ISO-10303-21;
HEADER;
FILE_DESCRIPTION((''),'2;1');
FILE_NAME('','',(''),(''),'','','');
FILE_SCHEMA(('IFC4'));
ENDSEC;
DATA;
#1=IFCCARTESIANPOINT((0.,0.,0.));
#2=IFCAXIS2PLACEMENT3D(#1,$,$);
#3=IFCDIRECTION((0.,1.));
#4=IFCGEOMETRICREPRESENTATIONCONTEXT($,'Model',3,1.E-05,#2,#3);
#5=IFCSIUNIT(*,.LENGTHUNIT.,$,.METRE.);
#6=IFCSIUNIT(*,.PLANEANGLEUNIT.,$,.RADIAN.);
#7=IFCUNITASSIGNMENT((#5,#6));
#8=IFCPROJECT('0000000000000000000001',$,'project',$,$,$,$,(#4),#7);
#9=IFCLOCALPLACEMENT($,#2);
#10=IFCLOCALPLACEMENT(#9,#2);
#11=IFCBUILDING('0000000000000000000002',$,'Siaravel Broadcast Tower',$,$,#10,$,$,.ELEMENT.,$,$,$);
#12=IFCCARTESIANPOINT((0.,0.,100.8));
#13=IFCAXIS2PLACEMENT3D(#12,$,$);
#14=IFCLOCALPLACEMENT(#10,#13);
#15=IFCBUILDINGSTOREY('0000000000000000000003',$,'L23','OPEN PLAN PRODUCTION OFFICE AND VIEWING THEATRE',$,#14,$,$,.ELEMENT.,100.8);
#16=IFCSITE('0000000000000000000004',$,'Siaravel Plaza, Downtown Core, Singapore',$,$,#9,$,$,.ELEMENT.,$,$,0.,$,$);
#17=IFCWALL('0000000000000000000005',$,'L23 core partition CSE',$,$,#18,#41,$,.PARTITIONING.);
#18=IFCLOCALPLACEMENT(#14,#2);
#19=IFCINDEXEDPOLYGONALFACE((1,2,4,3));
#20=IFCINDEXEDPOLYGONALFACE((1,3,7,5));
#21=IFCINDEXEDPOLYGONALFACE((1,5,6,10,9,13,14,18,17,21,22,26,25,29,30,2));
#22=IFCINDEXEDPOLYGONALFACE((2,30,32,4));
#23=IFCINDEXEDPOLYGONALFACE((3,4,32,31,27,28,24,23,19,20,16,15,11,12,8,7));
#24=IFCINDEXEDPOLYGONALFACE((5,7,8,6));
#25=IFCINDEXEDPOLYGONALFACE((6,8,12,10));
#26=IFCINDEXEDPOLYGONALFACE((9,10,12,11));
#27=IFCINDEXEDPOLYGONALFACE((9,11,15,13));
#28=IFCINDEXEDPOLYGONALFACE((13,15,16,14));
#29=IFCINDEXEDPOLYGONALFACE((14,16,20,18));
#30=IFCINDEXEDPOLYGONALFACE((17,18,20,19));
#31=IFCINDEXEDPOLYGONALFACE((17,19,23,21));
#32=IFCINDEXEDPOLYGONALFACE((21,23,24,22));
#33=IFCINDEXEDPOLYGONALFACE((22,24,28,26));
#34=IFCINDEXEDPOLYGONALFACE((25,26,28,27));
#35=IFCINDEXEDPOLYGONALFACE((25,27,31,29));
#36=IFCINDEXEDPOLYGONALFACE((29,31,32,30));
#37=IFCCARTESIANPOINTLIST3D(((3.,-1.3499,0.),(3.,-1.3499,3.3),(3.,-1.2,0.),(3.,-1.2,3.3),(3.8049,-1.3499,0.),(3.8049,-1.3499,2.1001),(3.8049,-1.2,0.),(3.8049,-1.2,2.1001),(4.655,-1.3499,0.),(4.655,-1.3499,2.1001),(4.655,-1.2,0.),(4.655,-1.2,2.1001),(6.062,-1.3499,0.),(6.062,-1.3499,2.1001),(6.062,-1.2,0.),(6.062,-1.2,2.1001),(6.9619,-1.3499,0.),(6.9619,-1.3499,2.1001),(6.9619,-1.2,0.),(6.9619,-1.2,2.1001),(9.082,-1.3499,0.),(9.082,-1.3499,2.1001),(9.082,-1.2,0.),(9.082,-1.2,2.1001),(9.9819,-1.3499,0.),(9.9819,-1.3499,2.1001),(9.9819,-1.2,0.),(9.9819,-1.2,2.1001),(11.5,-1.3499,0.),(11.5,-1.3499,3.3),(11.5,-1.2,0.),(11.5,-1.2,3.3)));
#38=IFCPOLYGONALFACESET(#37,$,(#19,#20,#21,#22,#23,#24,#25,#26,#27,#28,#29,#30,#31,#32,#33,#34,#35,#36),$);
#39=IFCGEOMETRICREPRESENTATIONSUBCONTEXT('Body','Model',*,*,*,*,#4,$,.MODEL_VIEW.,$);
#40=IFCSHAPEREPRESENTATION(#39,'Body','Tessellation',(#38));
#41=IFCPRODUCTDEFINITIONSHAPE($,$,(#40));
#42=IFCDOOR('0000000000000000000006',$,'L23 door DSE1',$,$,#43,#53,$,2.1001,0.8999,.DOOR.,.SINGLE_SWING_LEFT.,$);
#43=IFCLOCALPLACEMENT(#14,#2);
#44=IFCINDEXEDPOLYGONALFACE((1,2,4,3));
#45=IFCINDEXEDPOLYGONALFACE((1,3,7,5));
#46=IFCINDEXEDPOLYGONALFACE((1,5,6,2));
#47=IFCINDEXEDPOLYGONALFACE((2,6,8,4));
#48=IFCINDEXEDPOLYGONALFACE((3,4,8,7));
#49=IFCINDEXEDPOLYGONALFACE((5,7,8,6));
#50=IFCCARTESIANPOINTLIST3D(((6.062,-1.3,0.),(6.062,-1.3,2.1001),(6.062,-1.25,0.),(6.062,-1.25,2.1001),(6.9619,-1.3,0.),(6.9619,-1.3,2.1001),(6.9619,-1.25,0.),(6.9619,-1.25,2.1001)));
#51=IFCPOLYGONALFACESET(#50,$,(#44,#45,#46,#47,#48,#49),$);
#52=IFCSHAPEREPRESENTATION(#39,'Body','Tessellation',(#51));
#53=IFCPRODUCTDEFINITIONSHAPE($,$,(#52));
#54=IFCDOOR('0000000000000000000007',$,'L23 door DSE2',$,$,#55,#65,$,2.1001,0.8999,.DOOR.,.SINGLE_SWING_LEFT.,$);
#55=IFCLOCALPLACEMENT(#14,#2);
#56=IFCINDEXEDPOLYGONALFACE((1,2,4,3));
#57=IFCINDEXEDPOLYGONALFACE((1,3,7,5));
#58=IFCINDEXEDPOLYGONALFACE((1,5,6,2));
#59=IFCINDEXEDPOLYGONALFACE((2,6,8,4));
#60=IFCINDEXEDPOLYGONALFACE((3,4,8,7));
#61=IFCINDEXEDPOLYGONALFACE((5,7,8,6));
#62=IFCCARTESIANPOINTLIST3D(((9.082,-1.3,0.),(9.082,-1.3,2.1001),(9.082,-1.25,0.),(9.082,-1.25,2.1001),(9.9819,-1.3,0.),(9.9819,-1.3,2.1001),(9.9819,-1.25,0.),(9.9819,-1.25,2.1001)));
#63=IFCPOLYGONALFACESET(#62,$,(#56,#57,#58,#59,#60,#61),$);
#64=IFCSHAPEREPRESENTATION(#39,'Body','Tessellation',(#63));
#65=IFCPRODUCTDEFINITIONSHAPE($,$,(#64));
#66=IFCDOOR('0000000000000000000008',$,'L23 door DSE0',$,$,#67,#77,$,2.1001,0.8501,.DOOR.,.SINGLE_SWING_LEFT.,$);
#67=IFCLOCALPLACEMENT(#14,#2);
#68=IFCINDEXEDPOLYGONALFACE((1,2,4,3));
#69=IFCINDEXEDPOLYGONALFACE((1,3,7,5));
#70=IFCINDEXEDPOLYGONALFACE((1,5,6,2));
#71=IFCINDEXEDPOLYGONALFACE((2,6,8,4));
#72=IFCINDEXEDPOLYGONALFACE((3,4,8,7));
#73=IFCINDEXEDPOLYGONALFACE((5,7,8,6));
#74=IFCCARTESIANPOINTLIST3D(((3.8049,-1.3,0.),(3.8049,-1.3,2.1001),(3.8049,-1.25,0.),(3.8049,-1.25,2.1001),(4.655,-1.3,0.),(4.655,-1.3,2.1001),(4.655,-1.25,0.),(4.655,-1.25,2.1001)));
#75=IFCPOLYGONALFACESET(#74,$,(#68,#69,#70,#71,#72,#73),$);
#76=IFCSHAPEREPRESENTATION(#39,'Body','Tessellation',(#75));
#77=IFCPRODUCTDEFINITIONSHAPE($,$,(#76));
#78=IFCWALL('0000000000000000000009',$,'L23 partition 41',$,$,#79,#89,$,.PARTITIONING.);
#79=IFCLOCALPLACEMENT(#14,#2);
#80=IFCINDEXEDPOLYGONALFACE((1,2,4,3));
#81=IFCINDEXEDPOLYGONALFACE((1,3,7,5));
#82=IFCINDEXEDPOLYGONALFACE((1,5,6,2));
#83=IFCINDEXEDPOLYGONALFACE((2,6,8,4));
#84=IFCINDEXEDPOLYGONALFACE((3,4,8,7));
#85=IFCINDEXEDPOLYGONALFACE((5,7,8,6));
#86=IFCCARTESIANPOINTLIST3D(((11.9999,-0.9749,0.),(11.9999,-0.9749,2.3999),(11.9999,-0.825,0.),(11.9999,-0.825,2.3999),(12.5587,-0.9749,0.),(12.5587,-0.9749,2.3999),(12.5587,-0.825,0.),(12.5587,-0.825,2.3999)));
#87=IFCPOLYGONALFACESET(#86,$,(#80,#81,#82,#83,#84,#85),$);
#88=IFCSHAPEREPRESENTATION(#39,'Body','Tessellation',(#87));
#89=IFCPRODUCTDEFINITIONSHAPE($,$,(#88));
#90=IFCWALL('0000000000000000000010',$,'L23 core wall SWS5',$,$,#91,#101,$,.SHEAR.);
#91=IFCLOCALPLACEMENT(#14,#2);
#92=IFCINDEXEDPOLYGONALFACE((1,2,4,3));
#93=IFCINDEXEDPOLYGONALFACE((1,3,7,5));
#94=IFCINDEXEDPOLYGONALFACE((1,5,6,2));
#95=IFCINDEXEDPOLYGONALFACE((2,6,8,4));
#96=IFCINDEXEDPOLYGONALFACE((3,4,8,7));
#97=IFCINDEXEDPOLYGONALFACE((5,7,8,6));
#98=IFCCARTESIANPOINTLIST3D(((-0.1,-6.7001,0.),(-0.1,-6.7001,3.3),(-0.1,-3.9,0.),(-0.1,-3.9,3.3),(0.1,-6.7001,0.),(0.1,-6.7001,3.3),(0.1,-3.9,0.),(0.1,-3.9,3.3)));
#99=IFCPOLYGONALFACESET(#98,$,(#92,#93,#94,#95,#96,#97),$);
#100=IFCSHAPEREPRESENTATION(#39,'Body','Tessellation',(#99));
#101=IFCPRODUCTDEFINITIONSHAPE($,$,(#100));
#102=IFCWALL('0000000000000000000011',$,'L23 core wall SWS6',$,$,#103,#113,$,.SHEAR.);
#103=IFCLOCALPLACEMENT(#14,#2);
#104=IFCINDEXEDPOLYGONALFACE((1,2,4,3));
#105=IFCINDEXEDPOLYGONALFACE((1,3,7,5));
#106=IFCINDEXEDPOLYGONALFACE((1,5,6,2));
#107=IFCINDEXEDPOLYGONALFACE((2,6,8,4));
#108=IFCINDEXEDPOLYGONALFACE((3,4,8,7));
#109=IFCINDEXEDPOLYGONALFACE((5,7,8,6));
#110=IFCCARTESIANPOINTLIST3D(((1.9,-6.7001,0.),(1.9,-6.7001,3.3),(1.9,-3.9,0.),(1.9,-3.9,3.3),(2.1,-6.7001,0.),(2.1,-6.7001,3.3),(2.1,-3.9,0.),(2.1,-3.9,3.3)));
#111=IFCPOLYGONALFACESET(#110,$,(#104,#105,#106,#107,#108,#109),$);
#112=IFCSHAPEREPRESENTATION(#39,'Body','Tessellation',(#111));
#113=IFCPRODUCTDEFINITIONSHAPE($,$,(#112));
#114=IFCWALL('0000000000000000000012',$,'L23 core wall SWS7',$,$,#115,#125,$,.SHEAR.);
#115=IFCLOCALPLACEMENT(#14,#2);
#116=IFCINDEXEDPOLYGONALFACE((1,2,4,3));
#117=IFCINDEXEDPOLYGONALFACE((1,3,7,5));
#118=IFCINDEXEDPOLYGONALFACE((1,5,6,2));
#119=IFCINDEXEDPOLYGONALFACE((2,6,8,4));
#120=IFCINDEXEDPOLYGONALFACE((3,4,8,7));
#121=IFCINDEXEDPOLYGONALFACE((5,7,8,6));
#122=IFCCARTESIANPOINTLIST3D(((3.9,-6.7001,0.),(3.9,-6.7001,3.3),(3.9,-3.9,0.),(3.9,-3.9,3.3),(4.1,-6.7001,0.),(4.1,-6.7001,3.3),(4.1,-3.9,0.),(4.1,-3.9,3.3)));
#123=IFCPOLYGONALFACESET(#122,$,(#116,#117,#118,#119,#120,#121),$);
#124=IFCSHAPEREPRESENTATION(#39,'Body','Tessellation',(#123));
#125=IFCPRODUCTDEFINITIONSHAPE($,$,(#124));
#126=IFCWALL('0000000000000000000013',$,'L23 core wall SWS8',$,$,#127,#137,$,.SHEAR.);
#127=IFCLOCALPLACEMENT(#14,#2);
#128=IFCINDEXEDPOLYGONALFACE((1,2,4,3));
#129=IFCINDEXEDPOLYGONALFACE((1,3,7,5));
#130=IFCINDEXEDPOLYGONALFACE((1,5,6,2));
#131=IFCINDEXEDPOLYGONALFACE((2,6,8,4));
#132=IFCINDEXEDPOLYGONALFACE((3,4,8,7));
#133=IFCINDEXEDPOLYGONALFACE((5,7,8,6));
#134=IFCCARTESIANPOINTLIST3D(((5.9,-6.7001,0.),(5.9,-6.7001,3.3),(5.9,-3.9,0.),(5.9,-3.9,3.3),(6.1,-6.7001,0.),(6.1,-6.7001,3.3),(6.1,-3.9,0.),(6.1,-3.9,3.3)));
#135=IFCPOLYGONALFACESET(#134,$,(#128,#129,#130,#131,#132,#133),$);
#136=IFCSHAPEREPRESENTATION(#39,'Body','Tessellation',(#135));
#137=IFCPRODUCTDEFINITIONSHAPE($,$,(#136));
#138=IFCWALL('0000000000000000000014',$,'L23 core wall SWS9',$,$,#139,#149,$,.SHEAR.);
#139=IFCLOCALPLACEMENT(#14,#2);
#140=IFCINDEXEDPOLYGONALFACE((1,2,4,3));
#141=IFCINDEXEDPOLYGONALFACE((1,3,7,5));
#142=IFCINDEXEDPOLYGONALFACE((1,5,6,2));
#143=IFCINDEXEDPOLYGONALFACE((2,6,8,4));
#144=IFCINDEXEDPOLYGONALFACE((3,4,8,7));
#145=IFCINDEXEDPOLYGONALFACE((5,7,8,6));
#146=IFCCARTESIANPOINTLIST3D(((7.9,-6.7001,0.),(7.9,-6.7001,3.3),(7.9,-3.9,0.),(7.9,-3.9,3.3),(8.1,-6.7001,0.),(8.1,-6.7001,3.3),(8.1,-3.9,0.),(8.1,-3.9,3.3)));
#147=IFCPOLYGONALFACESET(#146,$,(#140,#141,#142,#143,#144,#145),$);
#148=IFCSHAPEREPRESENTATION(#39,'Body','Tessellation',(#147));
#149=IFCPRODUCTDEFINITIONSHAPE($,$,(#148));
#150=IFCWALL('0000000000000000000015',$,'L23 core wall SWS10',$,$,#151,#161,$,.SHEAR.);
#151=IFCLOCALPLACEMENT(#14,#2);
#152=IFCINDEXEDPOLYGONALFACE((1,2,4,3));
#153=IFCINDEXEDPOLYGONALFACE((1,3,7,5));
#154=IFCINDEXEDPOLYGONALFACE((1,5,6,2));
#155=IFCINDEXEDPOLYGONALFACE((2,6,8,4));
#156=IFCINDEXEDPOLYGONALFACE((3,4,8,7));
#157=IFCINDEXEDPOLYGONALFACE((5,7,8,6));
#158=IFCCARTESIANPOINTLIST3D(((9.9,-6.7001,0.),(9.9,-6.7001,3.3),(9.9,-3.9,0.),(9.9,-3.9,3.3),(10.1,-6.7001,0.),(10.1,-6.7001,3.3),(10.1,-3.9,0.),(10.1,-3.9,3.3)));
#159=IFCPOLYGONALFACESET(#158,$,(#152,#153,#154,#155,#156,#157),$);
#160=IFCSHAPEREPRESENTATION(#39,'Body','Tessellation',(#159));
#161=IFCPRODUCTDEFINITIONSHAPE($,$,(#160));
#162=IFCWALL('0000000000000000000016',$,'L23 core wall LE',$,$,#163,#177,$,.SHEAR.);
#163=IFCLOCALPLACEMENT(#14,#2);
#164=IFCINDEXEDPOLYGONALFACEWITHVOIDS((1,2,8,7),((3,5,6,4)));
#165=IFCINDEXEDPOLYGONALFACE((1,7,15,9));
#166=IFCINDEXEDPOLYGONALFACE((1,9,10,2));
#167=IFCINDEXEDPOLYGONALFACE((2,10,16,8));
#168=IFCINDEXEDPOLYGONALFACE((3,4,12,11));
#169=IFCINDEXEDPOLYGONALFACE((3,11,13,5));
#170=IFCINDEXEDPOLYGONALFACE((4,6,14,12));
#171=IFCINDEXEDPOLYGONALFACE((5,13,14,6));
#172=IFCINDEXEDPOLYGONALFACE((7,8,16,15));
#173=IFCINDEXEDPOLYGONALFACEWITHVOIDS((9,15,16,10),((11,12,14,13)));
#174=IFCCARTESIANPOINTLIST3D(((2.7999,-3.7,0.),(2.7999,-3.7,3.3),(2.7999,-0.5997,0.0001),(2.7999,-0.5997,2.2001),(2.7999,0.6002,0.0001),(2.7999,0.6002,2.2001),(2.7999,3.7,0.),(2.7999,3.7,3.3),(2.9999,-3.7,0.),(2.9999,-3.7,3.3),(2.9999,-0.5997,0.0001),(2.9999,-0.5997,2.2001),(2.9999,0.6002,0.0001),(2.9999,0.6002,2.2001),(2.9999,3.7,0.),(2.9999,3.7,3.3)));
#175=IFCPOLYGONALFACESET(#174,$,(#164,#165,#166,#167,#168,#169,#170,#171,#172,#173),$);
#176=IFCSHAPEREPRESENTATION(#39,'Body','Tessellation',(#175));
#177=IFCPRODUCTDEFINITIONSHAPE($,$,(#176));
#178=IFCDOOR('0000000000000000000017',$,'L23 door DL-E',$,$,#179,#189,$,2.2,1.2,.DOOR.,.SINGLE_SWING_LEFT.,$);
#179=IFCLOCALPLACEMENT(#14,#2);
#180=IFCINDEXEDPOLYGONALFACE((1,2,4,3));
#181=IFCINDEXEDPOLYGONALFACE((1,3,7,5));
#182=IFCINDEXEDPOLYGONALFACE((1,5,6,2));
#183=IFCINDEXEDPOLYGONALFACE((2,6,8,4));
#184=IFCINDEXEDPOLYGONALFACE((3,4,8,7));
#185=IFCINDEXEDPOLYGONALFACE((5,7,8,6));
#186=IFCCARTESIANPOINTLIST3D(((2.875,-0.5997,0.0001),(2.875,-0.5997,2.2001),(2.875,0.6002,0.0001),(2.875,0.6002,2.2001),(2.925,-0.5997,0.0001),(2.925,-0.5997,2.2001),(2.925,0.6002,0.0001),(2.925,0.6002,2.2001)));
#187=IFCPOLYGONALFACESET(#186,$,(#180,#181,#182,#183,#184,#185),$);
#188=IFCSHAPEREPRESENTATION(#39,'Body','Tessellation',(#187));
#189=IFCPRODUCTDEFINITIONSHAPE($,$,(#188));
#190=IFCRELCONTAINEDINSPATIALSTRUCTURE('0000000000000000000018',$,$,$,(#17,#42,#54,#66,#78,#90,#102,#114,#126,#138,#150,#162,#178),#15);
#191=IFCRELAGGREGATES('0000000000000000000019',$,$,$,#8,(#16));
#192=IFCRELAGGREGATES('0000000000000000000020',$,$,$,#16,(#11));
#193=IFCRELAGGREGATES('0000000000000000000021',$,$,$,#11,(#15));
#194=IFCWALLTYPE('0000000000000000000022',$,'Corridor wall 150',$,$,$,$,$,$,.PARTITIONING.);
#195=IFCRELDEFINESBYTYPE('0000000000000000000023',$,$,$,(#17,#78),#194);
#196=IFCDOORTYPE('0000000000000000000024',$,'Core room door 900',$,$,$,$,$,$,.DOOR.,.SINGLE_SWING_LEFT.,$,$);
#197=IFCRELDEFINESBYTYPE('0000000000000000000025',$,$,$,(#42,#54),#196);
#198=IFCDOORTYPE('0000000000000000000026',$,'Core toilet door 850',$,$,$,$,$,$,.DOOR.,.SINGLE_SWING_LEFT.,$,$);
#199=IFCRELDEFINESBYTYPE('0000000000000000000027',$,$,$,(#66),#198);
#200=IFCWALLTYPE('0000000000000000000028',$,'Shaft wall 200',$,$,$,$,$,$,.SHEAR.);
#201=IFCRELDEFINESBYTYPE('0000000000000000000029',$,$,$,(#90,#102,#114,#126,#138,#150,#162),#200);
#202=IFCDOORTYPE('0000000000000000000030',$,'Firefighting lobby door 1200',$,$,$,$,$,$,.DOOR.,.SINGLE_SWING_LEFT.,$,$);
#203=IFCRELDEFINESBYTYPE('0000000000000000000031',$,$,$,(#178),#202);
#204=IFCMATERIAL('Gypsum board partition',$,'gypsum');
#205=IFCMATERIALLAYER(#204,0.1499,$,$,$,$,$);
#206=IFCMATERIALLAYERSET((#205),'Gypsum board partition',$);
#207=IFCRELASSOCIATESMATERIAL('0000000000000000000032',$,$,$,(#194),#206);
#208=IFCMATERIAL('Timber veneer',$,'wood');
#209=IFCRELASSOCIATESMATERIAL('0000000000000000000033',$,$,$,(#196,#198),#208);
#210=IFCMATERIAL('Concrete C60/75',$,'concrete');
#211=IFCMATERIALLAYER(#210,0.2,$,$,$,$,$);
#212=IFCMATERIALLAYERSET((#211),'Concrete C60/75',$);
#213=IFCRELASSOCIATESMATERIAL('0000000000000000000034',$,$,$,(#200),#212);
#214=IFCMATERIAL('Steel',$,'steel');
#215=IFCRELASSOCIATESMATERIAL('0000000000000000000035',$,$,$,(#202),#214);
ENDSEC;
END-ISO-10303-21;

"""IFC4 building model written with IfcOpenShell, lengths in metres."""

from ifc_helpers import new_model, si_unit, direction, frame, frame_2d, origin, place, context, subcontext, project, spatial, rectangle, extrude, material, layer, layer_set, type_object, element, fill, save


model = new_model("IFC4")

# Units and contexts
model_context = context("Model", 3, precision=1e-05, world=origin(), true_north=direction((0.0, 1.0)))
body_context = subcontext(model_context, "Body", "Model", "MODEL_VIEW")
ifc_project = project(units=[si_unit("LENGTHUNIT", "METRE"), si_unit("PLANEANGLEUNIT", "RADIAN")], contexts=[model_context])

# Site, building, storey
site_placement = place(None, origin())
site = spatial("IfcSite", under=ifc_project, at=site_placement, Name="Siaravel Plaza, Downtown Core, Singapore", CompositionType="ELEMENT", RefElevation=0.0)
building_placement = place(site_placement, origin())
building = spatial("IfcBuilding", under=site, at=building_placement, Name="Siaravel Broadcast Tower", CompositionType="ELEMENT")
storey_placement = place(building_placement, frame((0.0, 0.0, 100.8)))
storey = spatial("IfcBuildingStorey", under=building, at=storey_placement, Name="L23", Description="OPEN PLAN PRODUCTION OFFICE AND VIEWING THEATRE", CompositionType="ELEMENT", Elevation=100.8)

# Wall, openings, doors
ifc_material_1 = material(Name="Gypsum board partition", Category="gypsum")
ifc_layer_1 = layer(ifc_material_1, 0.1499)
ifc_layer_set_1 = layer_set([ifc_layer_1], Name="Gypsum board partition")
wall_type_1 = type_object("IfcWallType", Name="Corridor wall 150", PredefinedType="PARTITIONING", material=ifc_layer_set_1)
wall_1_placement = place(storey_placement, frame((3.0, -1.2749, 0.0), z_axis=(0.0, 0.0, 1.0), x_axis=(1.0, 0.0, 0.0)))
wall_1 = element("IfcWall", 1, at=wall_1_placement, inside=storey, type_object=wall_type_1, Name="L23 core partition CSE", PredefinedType="PARTITIONING", context=body_context, shape_type="SweptSolid", body=[
    extrude(rectangle(XDim=8.5, YDim=0.1499, at=frame_2d((4.25, 0.0))), origin(), (0.0, 0.0, 1.0), 3.3),
])
opening_1_placement = place(wall_1_placement, frame((0.8049, 0.0, 0.0)))
opening_1 = element("IfcOpeningElement", 2, at=opening_1_placement, cuts=wall_1, PredefinedType="OPENING", context=body_context, shape_type="SweptSolid", body=[
    extrude(rectangle(XDim=0.8501, YDim=2.1001, at=frame_2d((0.425, 1.05))), frame((0.0, 0.085, 0.0), z_axis=(0.0, -1.0, 0.0), x_axis=(1.0, 0.0, 0.0)), (0.0, 0.0, 1.0), 0.1699),
])
opening_2_placement = place(wall_1_placement, frame((3.062, 0.0, 0.0)))
opening_2 = element("IfcOpeningElement", 3, at=opening_2_placement, cuts=wall_1, PredefinedType="OPENING", context=body_context, shape_type="SweptSolid", body=[
    extrude(rectangle(XDim=0.8999, YDim=2.1001, at=frame_2d((0.45, 1.05))), frame((0.0, 0.085, 0.0), z_axis=(0.0, -1.0, 0.0), x_axis=(1.0, 0.0, 0.0)), (0.0, 0.0, 1.0), 0.1699),
])
opening_3_placement = place(wall_1_placement, frame((6.082, 0.0, 0.0)))
opening_3 = element("IfcOpeningElement", 4, at=opening_3_placement, cuts=wall_1, PredefinedType="OPENING", context=body_context, shape_type="SweptSolid", body=[
    extrude(rectangle(XDim=0.8999, YDim=2.1001, at=frame_2d((0.45, 1.05))), frame((0.0, 0.085, 0.0), z_axis=(0.0, -1.0, 0.0), x_axis=(1.0, 0.0, 0.0)), (0.0, 0.0, 1.0), 0.1699),
])
ifc_material_2 = material(Name="Timber veneer", Category="wood")
door_type_1 = type_object("IfcDoorType", Name="Core room door 900", OperationType="SINGLE_SWING_LEFT", PredefinedType="DOOR", material=ifc_material_2)
door_1_placement = place(opening_2_placement, origin())
door_1 = element("IfcDoor", 5, at=door_1_placement, inside=storey, type_object=door_type_1, Name="L23 door DSE1", OperationType="SINGLE_SWING_LEFT", OverallHeight=2.1001, OverallWidth=0.8999, PredefinedType="DOOR", context=body_context, shape_type="SweptSolid", body=[
    extrude(rectangle(XDim=0.8999, YDim=2.1001, at=frame_2d((0.45, 1.05))), frame((0.0, 0.0249, 0.0), z_axis=(0.0, -1.0, 0.0), x_axis=(1.0, 0.0, 0.0)), (0.0, 0.0, 1.0), 0.05),
])
fill(opening_2, door_1)
door_2_placement = place(opening_3_placement, origin())
door_2 = element("IfcDoor", 6, at=door_2_placement, inside=storey, type_object=door_type_1, Name="L23 door DSE2", OperationType="SINGLE_SWING_LEFT", OverallHeight=2.1001, OverallWidth=0.8999, PredefinedType="DOOR", context=body_context, shape_type="SweptSolid", body=[
    extrude(rectangle(XDim=0.8999, YDim=2.1001, at=frame_2d((0.45, 1.05))), frame((0.0, 0.0249, 0.0), z_axis=(0.0, -1.0, 0.0), x_axis=(1.0, 0.0, 0.0)), (0.0, 0.0, 1.0), 0.05),
])
fill(opening_3, door_2)
door_type_2 = type_object("IfcDoorType", Name="Core toilet door 850", OperationType="SINGLE_SWING_LEFT", PredefinedType="DOOR", material=ifc_material_2)
door_3_placement = place(opening_1_placement, origin())
door_3 = element("IfcDoor", 7, at=door_3_placement, inside=storey, type_object=door_type_2, Name="L23 door DSE0", OperationType="SINGLE_SWING_LEFT", OverallHeight=2.1001, OverallWidth=0.8501, PredefinedType="DOOR", context=body_context, shape_type="SweptSolid", body=[
    extrude(rectangle(XDim=0.8501, YDim=2.1001, at=frame_2d((0.425, 1.05))), frame((0.0, 0.0249, 0.0), z_axis=(0.0, -1.0, 0.0), x_axis=(1.0, 0.0, 0.0)), (0.0, 0.0, 1.0), 0.05),
])
fill(opening_1, door_3)

# Walls
wall_2_placement = place(storey_placement, frame((12.0, -0.8999, 0.0), z_axis=(0.0, 0.0, 1.0), x_axis=(1.0, 0.0, 0.0)))
element("IfcWall", 8, at=wall_2_placement, inside=storey, type_object=wall_type_1, Name="L23 partition 41", PredefinedType="PARTITIONING", context=body_context, shape_type="SweptSolid", body=[
    extrude(rectangle(XDim=0.5588, YDim=0.1499, at=frame_2d((0.2793, 0.0))), origin(), (0.0, 0.0, 1.0), 2.3999),
])
ifc_material_3 = material(Name="Concrete C60/75", Category="concrete")
ifc_layer_2 = layer(ifc_material_3, 0.2)
ifc_layer_set_2 = layer_set([ifc_layer_2], Name="Concrete C60/75")
wall_type_2 = type_object("IfcWallType", Name="Shaft wall 200", PredefinedType="SHEAR", material=ifc_layer_set_2)
for number, where, z_axis, x_axis, name in (
    (9, (0.0, -6.7, 0.0), (0.0, 0.0, 1.0), (0.0, 1.0, 0.0), "L23 core wall SWS5"),
    (10, (2.0, -6.7, 0.0), (0.0, 0.0, 1.0), (0.0, 1.0, 0.0), "L23 core wall SWS6"),
    (11, (4.0, -6.7, 0.0), (0.0, 0.0, 1.0), (0.0, 1.0, 0.0), "L23 core wall SWS7"),
    (12, (6.0, -6.7, 0.0), (0.0, 0.0, 1.0), (0.0, 1.0, 0.0), "L23 core wall SWS8"),
    (13, (8.0, -6.7, 0.0), (0.0, 0.0, 1.0), (0.0, 1.0, 0.0), "L23 core wall SWS9"),
    (14, (10.0, -6.7, 0.0), (0.0, 0.0, 1.0), (0.0, 1.0, 0.0), "L23 core wall SWS10"),
):
    element("IfcWall", number, at=place(storey_placement, frame(where, z_axis=z_axis, x_axis=x_axis)), inside=storey, type_object=wall_type_2, Name=name, PredefinedType="SHEAR", context=body_context, shape_type="SweptSolid", body=[
        extrude(rectangle(XDim=2.8, YDim=0.2, at=frame_2d((1.3999, 0.0))), origin(), (0.0, 0.0, 1.0), 3.3),
    ])

# Wall, opening, door
wall_3_placement = place(storey_placement, frame((2.8999, -3.7, 0.0), z_axis=(0.0, 0.0, 1.0), x_axis=(0.0, 1.0, 0.0)))
wall_3 = element("IfcWall", 15, at=wall_3_placement, inside=storey, type_object=wall_type_2, Name="L23 core wall LE", PredefinedType="SHEAR", context=body_context, shape_type="SweptSolid", body=[
    extrude(rectangle(XDim=7.3999, YDim=0.2, at=frame_2d((3.7, 0.0))), origin(), (0.0, 0.0, 1.0), 3.3),
])
opening_4_placement = place(wall_3_placement, frame((3.1001, 0.0, 0.0)))
opening_4 = element("IfcOpeningElement", 16, at=opening_4_placement, cuts=wall_3, PredefinedType="OPENING", context=body_context, shape_type="SweptSolid", body=[
    extrude(rectangle(XDim=1.2, YDim=2.2, at=frame_2d((0.6001, 1.1001))), frame((0.0, 0.1099, 0.0), z_axis=(0.0, -1.0, 0.0), x_axis=(1.0, 0.0, 0.0)), (0.0, 0.0, 1.0), 0.22),
])
ifc_material_4 = material(Name="Steel", Category="steel")
door_type_3 = type_object("IfcDoorType", Name="Firefighting lobby door 1200", OperationType="SINGLE_SWING_LEFT", PredefinedType="DOOR", material=ifc_material_4)
door_4_placement = place(opening_4_placement, origin())
door_4 = element("IfcDoor", 17, at=door_4_placement, inside=storey, type_object=door_type_3, Name="L23 door DL-E", OperationType="SINGLE_SWING_LEFT", OverallHeight=2.2, OverallWidth=1.2, PredefinedType="DOOR", context=body_context, shape_type="SweptSolid", body=[
    extrude(rectangle(XDim=1.2, YDim=2.2, at=frame_2d((0.6001, 1.1001))), frame((0.0, 0.0249, 0.0), z_axis=(0.0, -1.0, 0.0), x_axis=(1.0, 0.0, 0.0)), (0.0, 0.0, 1.0), 0.05),
])
fill(opening_4, door_4)

save(model, "model.ifc")
